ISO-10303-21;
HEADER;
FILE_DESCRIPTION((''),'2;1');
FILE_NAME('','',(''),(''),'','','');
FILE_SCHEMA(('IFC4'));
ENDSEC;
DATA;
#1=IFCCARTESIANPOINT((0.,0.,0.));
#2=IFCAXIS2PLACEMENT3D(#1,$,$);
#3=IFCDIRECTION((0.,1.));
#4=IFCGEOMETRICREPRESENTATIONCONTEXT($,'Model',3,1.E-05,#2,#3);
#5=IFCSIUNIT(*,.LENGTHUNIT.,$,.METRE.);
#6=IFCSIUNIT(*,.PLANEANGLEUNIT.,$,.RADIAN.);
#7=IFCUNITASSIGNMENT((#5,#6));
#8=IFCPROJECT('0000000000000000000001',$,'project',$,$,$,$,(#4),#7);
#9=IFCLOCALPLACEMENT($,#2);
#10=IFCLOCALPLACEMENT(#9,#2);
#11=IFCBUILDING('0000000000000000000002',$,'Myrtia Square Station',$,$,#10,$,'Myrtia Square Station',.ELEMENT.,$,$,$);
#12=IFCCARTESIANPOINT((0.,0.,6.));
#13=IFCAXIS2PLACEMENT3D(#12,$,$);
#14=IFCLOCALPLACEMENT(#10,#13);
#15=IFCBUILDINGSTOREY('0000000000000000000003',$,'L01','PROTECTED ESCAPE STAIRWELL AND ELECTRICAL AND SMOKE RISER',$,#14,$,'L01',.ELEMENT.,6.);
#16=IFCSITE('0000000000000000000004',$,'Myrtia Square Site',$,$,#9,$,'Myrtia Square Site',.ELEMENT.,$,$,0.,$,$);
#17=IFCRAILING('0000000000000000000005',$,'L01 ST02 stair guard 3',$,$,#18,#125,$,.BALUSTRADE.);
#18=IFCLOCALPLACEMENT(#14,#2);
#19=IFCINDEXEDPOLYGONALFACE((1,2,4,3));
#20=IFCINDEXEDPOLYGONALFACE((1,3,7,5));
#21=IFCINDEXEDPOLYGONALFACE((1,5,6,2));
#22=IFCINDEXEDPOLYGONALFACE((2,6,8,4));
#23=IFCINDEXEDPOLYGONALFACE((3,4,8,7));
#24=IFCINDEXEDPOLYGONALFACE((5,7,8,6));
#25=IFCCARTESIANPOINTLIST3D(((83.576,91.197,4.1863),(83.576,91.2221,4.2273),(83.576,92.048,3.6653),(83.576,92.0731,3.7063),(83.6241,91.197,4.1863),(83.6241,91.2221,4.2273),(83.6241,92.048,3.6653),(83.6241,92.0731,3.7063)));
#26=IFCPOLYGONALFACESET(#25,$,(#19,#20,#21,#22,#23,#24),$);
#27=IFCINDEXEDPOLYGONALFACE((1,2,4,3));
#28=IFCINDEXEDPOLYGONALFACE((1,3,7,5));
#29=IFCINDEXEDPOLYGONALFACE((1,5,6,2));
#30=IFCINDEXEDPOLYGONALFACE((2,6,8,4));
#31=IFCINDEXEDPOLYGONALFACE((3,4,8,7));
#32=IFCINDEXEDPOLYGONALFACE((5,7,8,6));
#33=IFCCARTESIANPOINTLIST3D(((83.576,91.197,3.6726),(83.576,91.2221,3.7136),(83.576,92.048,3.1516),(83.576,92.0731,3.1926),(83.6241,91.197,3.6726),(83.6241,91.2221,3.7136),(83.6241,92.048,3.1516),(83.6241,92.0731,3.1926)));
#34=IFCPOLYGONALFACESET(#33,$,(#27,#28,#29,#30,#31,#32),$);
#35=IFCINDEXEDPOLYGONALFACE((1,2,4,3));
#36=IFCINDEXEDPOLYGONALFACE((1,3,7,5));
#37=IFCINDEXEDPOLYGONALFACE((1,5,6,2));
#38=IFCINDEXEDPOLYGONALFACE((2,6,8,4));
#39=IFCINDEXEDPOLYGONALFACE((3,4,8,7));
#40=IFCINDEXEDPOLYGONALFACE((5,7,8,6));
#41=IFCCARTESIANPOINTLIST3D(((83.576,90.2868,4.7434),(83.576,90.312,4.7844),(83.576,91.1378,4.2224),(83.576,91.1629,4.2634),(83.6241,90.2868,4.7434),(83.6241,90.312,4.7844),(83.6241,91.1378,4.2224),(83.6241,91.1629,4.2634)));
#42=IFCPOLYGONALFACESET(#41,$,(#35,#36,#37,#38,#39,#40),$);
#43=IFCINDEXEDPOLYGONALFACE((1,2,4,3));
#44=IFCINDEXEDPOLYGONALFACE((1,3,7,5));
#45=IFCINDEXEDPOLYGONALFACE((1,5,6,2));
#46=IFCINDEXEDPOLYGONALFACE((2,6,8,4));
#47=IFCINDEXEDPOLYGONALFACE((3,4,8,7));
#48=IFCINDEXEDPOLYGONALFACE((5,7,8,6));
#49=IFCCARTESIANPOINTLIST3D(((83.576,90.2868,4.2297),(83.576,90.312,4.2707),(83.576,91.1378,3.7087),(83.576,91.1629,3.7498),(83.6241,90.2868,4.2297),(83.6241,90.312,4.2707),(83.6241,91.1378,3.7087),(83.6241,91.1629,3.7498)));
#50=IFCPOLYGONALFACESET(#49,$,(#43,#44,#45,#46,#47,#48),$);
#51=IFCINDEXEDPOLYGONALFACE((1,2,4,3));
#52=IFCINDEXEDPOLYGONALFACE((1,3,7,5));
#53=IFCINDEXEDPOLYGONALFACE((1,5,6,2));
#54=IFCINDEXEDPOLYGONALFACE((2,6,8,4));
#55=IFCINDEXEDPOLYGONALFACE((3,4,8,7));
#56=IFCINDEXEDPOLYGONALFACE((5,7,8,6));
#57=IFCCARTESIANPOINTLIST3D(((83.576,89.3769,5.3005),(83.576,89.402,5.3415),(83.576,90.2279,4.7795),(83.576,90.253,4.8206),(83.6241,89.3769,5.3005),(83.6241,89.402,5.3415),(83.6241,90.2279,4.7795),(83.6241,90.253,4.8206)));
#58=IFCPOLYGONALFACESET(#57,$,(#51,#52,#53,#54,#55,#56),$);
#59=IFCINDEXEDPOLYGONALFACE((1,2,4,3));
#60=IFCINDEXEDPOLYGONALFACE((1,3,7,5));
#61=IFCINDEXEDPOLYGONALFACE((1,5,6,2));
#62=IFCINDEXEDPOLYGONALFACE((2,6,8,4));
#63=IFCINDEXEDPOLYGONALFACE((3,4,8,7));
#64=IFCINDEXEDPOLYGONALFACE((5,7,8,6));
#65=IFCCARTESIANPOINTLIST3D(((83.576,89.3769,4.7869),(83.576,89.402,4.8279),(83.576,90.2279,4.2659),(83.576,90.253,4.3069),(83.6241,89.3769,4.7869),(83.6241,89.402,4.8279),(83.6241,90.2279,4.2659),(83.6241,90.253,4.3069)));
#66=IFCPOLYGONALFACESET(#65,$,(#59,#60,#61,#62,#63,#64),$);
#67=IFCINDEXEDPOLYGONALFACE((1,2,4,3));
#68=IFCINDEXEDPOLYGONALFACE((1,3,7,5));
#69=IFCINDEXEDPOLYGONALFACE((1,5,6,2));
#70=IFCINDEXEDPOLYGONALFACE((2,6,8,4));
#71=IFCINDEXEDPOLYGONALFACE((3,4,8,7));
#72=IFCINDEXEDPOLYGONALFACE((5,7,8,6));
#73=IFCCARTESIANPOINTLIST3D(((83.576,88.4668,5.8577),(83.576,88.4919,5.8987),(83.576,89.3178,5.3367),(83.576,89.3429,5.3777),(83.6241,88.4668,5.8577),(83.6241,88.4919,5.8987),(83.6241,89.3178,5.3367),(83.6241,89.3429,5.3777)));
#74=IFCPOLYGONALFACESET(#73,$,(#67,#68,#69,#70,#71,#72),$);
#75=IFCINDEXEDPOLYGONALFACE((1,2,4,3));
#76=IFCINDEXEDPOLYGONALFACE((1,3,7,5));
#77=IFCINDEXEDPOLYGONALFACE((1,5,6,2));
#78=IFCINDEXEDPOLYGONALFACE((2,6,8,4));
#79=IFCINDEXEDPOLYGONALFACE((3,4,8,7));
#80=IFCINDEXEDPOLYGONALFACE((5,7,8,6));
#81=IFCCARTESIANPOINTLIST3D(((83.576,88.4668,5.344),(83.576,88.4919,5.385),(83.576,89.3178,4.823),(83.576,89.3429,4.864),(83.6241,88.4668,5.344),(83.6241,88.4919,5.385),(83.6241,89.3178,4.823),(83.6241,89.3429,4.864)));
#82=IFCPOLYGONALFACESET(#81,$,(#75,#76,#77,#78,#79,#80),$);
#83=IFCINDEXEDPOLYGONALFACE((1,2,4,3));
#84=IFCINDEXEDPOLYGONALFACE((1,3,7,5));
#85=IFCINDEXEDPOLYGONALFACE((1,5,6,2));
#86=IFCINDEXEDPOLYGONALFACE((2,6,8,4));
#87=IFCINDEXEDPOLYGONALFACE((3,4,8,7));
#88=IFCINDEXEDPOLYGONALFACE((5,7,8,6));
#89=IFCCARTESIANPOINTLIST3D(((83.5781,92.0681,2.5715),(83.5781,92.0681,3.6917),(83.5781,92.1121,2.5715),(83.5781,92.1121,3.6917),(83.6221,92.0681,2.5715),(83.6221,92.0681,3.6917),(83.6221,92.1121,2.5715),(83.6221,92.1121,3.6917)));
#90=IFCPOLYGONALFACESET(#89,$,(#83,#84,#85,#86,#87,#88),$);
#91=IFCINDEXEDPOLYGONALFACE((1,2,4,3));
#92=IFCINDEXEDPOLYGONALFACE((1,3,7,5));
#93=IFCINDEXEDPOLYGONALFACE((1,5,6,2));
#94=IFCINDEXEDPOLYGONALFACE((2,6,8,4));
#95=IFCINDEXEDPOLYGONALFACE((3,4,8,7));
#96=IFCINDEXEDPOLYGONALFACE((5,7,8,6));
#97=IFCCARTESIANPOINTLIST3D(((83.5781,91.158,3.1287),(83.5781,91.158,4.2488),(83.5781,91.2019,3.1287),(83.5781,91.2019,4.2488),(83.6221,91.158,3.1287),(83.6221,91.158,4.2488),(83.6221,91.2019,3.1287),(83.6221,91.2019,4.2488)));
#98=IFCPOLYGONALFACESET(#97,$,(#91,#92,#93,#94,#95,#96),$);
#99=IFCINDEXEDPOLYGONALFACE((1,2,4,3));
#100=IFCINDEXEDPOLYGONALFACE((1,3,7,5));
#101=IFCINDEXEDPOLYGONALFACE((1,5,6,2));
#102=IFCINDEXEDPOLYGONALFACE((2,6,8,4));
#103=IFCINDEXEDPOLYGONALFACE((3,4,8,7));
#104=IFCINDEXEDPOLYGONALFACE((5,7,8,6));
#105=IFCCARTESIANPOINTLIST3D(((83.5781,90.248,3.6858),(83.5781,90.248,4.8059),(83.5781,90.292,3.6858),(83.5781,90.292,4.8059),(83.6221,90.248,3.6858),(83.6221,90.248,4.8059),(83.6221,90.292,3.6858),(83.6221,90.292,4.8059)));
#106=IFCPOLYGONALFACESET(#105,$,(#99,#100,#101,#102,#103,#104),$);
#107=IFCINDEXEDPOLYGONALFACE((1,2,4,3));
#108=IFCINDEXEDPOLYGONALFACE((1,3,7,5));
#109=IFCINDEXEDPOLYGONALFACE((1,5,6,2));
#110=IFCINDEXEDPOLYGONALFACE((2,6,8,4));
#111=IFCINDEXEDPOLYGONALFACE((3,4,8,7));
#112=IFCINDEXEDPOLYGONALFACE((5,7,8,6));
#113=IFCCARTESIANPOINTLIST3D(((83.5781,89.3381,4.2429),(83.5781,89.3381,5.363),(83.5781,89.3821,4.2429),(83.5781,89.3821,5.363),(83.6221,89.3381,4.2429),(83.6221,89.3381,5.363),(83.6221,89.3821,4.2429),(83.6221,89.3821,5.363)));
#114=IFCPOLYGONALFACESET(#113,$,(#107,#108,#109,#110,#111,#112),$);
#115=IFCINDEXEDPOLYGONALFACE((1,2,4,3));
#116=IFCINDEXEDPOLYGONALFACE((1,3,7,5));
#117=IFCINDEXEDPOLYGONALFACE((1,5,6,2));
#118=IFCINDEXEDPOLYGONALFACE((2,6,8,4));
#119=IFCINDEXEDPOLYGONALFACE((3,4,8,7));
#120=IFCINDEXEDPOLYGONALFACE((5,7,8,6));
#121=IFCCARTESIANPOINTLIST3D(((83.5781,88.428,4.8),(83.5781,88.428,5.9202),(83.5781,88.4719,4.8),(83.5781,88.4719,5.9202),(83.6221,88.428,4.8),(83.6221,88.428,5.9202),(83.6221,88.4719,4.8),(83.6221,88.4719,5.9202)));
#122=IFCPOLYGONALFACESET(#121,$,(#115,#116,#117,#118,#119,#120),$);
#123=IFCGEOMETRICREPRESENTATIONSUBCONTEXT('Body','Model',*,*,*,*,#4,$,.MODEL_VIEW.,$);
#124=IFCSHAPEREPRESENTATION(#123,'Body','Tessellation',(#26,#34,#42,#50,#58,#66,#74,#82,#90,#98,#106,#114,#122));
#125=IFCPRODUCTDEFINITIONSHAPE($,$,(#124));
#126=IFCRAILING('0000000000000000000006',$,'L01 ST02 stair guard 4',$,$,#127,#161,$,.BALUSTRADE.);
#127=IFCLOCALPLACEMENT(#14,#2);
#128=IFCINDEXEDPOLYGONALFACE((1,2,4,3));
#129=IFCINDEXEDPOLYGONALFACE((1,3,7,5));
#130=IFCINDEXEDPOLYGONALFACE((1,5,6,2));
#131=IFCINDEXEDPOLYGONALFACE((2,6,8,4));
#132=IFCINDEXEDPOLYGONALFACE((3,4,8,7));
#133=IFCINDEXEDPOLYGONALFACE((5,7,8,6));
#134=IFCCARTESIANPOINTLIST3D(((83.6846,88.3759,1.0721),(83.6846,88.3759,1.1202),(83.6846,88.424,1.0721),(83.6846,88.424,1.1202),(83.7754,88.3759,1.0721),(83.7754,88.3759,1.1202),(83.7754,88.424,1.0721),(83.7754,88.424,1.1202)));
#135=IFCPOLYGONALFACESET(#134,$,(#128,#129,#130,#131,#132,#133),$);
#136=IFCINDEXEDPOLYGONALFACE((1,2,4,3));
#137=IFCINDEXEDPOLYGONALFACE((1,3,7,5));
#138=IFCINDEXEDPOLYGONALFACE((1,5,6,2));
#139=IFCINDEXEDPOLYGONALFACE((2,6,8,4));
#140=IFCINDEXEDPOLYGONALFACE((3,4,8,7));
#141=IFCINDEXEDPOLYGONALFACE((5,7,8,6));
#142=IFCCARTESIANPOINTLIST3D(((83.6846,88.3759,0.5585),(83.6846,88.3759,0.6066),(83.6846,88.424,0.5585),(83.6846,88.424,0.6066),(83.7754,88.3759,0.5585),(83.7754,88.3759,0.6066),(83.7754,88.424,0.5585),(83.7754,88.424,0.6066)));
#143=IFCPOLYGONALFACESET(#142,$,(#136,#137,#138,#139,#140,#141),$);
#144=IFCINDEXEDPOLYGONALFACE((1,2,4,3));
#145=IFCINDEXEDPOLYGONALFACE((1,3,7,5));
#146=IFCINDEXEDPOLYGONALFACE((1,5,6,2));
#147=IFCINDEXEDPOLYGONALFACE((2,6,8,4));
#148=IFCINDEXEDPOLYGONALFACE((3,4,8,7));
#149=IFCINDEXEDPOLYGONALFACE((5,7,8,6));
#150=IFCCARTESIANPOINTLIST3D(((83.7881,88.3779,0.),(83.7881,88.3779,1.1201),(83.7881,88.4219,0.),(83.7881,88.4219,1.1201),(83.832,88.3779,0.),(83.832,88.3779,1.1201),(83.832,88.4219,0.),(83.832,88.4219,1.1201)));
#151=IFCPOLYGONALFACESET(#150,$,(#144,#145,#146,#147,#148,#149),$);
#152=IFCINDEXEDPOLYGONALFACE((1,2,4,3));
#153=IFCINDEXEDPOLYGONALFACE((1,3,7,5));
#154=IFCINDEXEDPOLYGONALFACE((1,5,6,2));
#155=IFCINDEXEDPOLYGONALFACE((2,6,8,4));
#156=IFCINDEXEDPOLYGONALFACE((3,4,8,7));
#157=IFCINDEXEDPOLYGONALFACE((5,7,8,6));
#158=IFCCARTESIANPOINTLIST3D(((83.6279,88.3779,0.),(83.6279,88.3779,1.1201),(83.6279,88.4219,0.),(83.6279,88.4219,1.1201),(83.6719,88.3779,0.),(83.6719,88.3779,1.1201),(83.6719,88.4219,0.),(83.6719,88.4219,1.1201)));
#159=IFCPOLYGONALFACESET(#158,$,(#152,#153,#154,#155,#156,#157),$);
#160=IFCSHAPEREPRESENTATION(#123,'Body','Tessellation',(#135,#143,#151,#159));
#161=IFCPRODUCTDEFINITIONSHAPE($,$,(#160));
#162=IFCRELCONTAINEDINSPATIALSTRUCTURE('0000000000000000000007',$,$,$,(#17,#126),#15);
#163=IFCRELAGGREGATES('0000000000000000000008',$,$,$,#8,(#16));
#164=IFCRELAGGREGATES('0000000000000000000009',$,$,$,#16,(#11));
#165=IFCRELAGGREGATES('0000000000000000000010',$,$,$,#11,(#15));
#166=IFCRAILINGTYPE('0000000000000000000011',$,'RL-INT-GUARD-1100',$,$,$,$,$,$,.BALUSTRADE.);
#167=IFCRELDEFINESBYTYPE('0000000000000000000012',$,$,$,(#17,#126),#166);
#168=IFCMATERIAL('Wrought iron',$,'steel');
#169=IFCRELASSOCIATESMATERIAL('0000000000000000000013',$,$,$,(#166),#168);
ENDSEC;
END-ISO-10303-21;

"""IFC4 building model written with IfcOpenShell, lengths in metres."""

from ifc_helpers import new_model, si_unit, direction, frame, origin, origin_2d, place, context, subcontext, project, spatial, rectangle, extrude, material, type_object, element, save


model = new_model("IFC4")

# Units and contexts
model_context = context("Model", 3, precision=1e-05, world=origin(), true_north=direction((0.0, 1.0)))
body_context = subcontext(model_context, "Body", "Model", "MODEL_VIEW")
ifc_project = project(units=[si_unit("LENGTHUNIT", "METRE"), si_unit("PLANEANGLEUNIT", "RADIAN")], contexts=[model_context])

# Site, building, storey
site_placement = place(None, origin())
site = spatial("IfcSite", under=ifc_project, at=site_placement, Name="Myrtia Square Site", LongName="Myrtia Square Site", CompositionType="ELEMENT", RefElevation=0.0)
building_placement = place(site_placement, origin())
building = spatial("IfcBuilding", under=site, at=building_placement, Name="Myrtia Square Station", LongName="Myrtia Square Station", CompositionType="ELEMENT")
storey_placement = place(building_placement, frame((0.0, 0.0, 6.0)))
storey = spatial("IfcBuildingStorey", under=building, at=storey_placement, Name="L01", Description="PROTECTED ESCAPE STAIRWELL AND ELECTRICAL AND SMOKE RISER", LongName="L01", CompositionType="ELEMENT", Elevation=6.0)

# Railings
ifc_material_1 = material(Name="Wrought iron", Category="steel")
railing_type_1 = type_object("IfcRailingType", Name="RL-INT-GUARD-1100", PredefinedType="BALUSTRADE", material=ifc_material_1)
railing_1_placement = place(storey_placement, frame((83.6001, 92.0901, 2.5715)))
element("IfcRailing", 1, at=railing_1_placement, inside=storey, type_object=railing_type_1, Name="L01 ST02 stair guard 3", PredefinedType="BALUSTRADE", context=body_context, shape_type="SweptSolid", body=[
    extrude(rectangle(XDim=0.0481, YDim=0.0481, at=origin_2d()), frame((0.0, -0.0295, 1.1143), z_axis=(0.0, -0.852866, 0.52213), x_axis=(1.0, 0.0, 0.0)), (0.0, 0.0, 1.0), 0.9978),
    extrude(rectangle(XDim=0.0481, YDim=0.0481, at=origin_2d()), frame((0.0, -0.0295, 0.6006), z_axis=(0.0, -0.852866, 0.52213), x_axis=(1.0, 0.0, 0.0)), (0.0, 0.0, 1.0), 0.9978),
    extrude(rectangle(XDim=0.0481, YDim=0.0481, at=origin_2d()), frame((0.0, -0.9397, 1.6714), z_axis=(0.0, -0.852866, 0.52213), x_axis=(1.0, 0.0, 0.0)), (0.0, 0.0, 1.0), 0.9978),
    extrude(rectangle(XDim=0.0481, YDim=0.0481, at=origin_2d()), frame((0.0, -0.9397, 1.1577), z_axis=(0.0, -0.852866, 0.52213), x_axis=(1.0, 0.0, 0.0)), (0.0, 0.0, 1.0), 0.9978),
    extrude(rectangle(XDim=0.0481, YDim=0.0481, at=origin_2d()), frame((0.0, -1.8496, 2.2285), z_axis=(0.0, -0.852866, 0.52213), x_axis=(1.0, 0.0, 0.0)), (0.0, 0.0, 1.0), 0.9978),
    extrude(rectangle(XDim=0.0481, YDim=0.0481, at=origin_2d()), frame((0.0, -1.8496, 1.7148), z_axis=(0.0, -0.852866, 0.52213), x_axis=(1.0, 0.0, 0.0)), (0.0, 0.0, 1.0), 0.9978),
    extrude(rectangle(XDim=0.0481, YDim=0.0481, at=origin_2d()), frame((0.0, -2.7598, 2.7856), z_axis=(0.0, -0.852866, 0.52213), x_axis=(1.0, 0.0, 0.0)), (0.0, 0.0, 1.0), 0.9978),
    extrude(rectangle(XDim=0.0481, YDim=0.0481, at=origin_2d()), frame((0.0, -2.7598, 2.272), z_axis=(0.0, -0.852866, 0.52213), x_axis=(1.0, 0.0, 0.0)), (0.0, 0.0, 1.0), 0.9978),
    extrude(rectangle(XDim=0.0439, YDim=0.0439, at=origin_2d()), origin(), (0.0, 0.0, 1.0), 1.1201),
    extrude(rectangle(XDim=0.0439, YDim=0.0439, at=origin_2d()), frame((0.0, -0.9102, 0.5571)), (0.0, 0.0, 1.0), 1.1201),
    extrude(rectangle(XDim=0.0439, YDim=0.0439, at=origin_2d()), frame((0.0, -1.8201, 1.1143)), (0.0, 0.0, 1.0), 1.1201),
    extrude(rectangle(XDim=0.0439, YDim=0.0439, at=origin_2d()), frame((0.0, -2.73, 1.6714)), (0.0, 0.0, 1.0), 1.1201),
    extrude(rectangle(XDim=0.0439, YDim=0.0439, at=origin_2d()), frame((0.0, -3.6401, 2.2285)), (0.0, 0.0, 1.0), 1.1201),
])
railing_2_placement = place(storey_placement, frame((83.8101, 88.3999, 0.0)))
element("IfcRailing", 2, at=railing_2_placement, inside=storey, type_object=railing_type_1, Name="L01 ST02 stair guard 4", PredefinedType="BALUSTRADE", context=body_context, shape_type="SweptSolid", body=[
    extrude(rectangle(XDim=0.0481, YDim=0.0481, at=origin_2d()), frame((-0.0347, 0.0, 1.0962), z_axis=(-1.0, 0.0, 0.0), x_axis=(0.0, -1.0, 0.0)), (0.0, 0.0, 1.0), 0.0908),
    extrude(rectangle(XDim=0.0481, YDim=0.0481, at=origin_2d()), frame((-0.0347, 0.0, 0.5825), z_axis=(-1.0, 0.0, 0.0), x_axis=(0.0, -1.0, 0.0)), (0.0, 0.0, 1.0), 0.0908),
    extrude(rectangle(XDim=0.0439, YDim=0.0439, at=origin_2d()), origin(), (0.0, 0.0, 1.0), 1.1201),
    extrude(rectangle(XDim=0.0439, YDim=0.0439, at=origin_2d()), frame((-0.1602, 0.0, 0.0)), (0.0, 0.0, 1.0), 1.1201),
])

save(model, "model.ifc")
